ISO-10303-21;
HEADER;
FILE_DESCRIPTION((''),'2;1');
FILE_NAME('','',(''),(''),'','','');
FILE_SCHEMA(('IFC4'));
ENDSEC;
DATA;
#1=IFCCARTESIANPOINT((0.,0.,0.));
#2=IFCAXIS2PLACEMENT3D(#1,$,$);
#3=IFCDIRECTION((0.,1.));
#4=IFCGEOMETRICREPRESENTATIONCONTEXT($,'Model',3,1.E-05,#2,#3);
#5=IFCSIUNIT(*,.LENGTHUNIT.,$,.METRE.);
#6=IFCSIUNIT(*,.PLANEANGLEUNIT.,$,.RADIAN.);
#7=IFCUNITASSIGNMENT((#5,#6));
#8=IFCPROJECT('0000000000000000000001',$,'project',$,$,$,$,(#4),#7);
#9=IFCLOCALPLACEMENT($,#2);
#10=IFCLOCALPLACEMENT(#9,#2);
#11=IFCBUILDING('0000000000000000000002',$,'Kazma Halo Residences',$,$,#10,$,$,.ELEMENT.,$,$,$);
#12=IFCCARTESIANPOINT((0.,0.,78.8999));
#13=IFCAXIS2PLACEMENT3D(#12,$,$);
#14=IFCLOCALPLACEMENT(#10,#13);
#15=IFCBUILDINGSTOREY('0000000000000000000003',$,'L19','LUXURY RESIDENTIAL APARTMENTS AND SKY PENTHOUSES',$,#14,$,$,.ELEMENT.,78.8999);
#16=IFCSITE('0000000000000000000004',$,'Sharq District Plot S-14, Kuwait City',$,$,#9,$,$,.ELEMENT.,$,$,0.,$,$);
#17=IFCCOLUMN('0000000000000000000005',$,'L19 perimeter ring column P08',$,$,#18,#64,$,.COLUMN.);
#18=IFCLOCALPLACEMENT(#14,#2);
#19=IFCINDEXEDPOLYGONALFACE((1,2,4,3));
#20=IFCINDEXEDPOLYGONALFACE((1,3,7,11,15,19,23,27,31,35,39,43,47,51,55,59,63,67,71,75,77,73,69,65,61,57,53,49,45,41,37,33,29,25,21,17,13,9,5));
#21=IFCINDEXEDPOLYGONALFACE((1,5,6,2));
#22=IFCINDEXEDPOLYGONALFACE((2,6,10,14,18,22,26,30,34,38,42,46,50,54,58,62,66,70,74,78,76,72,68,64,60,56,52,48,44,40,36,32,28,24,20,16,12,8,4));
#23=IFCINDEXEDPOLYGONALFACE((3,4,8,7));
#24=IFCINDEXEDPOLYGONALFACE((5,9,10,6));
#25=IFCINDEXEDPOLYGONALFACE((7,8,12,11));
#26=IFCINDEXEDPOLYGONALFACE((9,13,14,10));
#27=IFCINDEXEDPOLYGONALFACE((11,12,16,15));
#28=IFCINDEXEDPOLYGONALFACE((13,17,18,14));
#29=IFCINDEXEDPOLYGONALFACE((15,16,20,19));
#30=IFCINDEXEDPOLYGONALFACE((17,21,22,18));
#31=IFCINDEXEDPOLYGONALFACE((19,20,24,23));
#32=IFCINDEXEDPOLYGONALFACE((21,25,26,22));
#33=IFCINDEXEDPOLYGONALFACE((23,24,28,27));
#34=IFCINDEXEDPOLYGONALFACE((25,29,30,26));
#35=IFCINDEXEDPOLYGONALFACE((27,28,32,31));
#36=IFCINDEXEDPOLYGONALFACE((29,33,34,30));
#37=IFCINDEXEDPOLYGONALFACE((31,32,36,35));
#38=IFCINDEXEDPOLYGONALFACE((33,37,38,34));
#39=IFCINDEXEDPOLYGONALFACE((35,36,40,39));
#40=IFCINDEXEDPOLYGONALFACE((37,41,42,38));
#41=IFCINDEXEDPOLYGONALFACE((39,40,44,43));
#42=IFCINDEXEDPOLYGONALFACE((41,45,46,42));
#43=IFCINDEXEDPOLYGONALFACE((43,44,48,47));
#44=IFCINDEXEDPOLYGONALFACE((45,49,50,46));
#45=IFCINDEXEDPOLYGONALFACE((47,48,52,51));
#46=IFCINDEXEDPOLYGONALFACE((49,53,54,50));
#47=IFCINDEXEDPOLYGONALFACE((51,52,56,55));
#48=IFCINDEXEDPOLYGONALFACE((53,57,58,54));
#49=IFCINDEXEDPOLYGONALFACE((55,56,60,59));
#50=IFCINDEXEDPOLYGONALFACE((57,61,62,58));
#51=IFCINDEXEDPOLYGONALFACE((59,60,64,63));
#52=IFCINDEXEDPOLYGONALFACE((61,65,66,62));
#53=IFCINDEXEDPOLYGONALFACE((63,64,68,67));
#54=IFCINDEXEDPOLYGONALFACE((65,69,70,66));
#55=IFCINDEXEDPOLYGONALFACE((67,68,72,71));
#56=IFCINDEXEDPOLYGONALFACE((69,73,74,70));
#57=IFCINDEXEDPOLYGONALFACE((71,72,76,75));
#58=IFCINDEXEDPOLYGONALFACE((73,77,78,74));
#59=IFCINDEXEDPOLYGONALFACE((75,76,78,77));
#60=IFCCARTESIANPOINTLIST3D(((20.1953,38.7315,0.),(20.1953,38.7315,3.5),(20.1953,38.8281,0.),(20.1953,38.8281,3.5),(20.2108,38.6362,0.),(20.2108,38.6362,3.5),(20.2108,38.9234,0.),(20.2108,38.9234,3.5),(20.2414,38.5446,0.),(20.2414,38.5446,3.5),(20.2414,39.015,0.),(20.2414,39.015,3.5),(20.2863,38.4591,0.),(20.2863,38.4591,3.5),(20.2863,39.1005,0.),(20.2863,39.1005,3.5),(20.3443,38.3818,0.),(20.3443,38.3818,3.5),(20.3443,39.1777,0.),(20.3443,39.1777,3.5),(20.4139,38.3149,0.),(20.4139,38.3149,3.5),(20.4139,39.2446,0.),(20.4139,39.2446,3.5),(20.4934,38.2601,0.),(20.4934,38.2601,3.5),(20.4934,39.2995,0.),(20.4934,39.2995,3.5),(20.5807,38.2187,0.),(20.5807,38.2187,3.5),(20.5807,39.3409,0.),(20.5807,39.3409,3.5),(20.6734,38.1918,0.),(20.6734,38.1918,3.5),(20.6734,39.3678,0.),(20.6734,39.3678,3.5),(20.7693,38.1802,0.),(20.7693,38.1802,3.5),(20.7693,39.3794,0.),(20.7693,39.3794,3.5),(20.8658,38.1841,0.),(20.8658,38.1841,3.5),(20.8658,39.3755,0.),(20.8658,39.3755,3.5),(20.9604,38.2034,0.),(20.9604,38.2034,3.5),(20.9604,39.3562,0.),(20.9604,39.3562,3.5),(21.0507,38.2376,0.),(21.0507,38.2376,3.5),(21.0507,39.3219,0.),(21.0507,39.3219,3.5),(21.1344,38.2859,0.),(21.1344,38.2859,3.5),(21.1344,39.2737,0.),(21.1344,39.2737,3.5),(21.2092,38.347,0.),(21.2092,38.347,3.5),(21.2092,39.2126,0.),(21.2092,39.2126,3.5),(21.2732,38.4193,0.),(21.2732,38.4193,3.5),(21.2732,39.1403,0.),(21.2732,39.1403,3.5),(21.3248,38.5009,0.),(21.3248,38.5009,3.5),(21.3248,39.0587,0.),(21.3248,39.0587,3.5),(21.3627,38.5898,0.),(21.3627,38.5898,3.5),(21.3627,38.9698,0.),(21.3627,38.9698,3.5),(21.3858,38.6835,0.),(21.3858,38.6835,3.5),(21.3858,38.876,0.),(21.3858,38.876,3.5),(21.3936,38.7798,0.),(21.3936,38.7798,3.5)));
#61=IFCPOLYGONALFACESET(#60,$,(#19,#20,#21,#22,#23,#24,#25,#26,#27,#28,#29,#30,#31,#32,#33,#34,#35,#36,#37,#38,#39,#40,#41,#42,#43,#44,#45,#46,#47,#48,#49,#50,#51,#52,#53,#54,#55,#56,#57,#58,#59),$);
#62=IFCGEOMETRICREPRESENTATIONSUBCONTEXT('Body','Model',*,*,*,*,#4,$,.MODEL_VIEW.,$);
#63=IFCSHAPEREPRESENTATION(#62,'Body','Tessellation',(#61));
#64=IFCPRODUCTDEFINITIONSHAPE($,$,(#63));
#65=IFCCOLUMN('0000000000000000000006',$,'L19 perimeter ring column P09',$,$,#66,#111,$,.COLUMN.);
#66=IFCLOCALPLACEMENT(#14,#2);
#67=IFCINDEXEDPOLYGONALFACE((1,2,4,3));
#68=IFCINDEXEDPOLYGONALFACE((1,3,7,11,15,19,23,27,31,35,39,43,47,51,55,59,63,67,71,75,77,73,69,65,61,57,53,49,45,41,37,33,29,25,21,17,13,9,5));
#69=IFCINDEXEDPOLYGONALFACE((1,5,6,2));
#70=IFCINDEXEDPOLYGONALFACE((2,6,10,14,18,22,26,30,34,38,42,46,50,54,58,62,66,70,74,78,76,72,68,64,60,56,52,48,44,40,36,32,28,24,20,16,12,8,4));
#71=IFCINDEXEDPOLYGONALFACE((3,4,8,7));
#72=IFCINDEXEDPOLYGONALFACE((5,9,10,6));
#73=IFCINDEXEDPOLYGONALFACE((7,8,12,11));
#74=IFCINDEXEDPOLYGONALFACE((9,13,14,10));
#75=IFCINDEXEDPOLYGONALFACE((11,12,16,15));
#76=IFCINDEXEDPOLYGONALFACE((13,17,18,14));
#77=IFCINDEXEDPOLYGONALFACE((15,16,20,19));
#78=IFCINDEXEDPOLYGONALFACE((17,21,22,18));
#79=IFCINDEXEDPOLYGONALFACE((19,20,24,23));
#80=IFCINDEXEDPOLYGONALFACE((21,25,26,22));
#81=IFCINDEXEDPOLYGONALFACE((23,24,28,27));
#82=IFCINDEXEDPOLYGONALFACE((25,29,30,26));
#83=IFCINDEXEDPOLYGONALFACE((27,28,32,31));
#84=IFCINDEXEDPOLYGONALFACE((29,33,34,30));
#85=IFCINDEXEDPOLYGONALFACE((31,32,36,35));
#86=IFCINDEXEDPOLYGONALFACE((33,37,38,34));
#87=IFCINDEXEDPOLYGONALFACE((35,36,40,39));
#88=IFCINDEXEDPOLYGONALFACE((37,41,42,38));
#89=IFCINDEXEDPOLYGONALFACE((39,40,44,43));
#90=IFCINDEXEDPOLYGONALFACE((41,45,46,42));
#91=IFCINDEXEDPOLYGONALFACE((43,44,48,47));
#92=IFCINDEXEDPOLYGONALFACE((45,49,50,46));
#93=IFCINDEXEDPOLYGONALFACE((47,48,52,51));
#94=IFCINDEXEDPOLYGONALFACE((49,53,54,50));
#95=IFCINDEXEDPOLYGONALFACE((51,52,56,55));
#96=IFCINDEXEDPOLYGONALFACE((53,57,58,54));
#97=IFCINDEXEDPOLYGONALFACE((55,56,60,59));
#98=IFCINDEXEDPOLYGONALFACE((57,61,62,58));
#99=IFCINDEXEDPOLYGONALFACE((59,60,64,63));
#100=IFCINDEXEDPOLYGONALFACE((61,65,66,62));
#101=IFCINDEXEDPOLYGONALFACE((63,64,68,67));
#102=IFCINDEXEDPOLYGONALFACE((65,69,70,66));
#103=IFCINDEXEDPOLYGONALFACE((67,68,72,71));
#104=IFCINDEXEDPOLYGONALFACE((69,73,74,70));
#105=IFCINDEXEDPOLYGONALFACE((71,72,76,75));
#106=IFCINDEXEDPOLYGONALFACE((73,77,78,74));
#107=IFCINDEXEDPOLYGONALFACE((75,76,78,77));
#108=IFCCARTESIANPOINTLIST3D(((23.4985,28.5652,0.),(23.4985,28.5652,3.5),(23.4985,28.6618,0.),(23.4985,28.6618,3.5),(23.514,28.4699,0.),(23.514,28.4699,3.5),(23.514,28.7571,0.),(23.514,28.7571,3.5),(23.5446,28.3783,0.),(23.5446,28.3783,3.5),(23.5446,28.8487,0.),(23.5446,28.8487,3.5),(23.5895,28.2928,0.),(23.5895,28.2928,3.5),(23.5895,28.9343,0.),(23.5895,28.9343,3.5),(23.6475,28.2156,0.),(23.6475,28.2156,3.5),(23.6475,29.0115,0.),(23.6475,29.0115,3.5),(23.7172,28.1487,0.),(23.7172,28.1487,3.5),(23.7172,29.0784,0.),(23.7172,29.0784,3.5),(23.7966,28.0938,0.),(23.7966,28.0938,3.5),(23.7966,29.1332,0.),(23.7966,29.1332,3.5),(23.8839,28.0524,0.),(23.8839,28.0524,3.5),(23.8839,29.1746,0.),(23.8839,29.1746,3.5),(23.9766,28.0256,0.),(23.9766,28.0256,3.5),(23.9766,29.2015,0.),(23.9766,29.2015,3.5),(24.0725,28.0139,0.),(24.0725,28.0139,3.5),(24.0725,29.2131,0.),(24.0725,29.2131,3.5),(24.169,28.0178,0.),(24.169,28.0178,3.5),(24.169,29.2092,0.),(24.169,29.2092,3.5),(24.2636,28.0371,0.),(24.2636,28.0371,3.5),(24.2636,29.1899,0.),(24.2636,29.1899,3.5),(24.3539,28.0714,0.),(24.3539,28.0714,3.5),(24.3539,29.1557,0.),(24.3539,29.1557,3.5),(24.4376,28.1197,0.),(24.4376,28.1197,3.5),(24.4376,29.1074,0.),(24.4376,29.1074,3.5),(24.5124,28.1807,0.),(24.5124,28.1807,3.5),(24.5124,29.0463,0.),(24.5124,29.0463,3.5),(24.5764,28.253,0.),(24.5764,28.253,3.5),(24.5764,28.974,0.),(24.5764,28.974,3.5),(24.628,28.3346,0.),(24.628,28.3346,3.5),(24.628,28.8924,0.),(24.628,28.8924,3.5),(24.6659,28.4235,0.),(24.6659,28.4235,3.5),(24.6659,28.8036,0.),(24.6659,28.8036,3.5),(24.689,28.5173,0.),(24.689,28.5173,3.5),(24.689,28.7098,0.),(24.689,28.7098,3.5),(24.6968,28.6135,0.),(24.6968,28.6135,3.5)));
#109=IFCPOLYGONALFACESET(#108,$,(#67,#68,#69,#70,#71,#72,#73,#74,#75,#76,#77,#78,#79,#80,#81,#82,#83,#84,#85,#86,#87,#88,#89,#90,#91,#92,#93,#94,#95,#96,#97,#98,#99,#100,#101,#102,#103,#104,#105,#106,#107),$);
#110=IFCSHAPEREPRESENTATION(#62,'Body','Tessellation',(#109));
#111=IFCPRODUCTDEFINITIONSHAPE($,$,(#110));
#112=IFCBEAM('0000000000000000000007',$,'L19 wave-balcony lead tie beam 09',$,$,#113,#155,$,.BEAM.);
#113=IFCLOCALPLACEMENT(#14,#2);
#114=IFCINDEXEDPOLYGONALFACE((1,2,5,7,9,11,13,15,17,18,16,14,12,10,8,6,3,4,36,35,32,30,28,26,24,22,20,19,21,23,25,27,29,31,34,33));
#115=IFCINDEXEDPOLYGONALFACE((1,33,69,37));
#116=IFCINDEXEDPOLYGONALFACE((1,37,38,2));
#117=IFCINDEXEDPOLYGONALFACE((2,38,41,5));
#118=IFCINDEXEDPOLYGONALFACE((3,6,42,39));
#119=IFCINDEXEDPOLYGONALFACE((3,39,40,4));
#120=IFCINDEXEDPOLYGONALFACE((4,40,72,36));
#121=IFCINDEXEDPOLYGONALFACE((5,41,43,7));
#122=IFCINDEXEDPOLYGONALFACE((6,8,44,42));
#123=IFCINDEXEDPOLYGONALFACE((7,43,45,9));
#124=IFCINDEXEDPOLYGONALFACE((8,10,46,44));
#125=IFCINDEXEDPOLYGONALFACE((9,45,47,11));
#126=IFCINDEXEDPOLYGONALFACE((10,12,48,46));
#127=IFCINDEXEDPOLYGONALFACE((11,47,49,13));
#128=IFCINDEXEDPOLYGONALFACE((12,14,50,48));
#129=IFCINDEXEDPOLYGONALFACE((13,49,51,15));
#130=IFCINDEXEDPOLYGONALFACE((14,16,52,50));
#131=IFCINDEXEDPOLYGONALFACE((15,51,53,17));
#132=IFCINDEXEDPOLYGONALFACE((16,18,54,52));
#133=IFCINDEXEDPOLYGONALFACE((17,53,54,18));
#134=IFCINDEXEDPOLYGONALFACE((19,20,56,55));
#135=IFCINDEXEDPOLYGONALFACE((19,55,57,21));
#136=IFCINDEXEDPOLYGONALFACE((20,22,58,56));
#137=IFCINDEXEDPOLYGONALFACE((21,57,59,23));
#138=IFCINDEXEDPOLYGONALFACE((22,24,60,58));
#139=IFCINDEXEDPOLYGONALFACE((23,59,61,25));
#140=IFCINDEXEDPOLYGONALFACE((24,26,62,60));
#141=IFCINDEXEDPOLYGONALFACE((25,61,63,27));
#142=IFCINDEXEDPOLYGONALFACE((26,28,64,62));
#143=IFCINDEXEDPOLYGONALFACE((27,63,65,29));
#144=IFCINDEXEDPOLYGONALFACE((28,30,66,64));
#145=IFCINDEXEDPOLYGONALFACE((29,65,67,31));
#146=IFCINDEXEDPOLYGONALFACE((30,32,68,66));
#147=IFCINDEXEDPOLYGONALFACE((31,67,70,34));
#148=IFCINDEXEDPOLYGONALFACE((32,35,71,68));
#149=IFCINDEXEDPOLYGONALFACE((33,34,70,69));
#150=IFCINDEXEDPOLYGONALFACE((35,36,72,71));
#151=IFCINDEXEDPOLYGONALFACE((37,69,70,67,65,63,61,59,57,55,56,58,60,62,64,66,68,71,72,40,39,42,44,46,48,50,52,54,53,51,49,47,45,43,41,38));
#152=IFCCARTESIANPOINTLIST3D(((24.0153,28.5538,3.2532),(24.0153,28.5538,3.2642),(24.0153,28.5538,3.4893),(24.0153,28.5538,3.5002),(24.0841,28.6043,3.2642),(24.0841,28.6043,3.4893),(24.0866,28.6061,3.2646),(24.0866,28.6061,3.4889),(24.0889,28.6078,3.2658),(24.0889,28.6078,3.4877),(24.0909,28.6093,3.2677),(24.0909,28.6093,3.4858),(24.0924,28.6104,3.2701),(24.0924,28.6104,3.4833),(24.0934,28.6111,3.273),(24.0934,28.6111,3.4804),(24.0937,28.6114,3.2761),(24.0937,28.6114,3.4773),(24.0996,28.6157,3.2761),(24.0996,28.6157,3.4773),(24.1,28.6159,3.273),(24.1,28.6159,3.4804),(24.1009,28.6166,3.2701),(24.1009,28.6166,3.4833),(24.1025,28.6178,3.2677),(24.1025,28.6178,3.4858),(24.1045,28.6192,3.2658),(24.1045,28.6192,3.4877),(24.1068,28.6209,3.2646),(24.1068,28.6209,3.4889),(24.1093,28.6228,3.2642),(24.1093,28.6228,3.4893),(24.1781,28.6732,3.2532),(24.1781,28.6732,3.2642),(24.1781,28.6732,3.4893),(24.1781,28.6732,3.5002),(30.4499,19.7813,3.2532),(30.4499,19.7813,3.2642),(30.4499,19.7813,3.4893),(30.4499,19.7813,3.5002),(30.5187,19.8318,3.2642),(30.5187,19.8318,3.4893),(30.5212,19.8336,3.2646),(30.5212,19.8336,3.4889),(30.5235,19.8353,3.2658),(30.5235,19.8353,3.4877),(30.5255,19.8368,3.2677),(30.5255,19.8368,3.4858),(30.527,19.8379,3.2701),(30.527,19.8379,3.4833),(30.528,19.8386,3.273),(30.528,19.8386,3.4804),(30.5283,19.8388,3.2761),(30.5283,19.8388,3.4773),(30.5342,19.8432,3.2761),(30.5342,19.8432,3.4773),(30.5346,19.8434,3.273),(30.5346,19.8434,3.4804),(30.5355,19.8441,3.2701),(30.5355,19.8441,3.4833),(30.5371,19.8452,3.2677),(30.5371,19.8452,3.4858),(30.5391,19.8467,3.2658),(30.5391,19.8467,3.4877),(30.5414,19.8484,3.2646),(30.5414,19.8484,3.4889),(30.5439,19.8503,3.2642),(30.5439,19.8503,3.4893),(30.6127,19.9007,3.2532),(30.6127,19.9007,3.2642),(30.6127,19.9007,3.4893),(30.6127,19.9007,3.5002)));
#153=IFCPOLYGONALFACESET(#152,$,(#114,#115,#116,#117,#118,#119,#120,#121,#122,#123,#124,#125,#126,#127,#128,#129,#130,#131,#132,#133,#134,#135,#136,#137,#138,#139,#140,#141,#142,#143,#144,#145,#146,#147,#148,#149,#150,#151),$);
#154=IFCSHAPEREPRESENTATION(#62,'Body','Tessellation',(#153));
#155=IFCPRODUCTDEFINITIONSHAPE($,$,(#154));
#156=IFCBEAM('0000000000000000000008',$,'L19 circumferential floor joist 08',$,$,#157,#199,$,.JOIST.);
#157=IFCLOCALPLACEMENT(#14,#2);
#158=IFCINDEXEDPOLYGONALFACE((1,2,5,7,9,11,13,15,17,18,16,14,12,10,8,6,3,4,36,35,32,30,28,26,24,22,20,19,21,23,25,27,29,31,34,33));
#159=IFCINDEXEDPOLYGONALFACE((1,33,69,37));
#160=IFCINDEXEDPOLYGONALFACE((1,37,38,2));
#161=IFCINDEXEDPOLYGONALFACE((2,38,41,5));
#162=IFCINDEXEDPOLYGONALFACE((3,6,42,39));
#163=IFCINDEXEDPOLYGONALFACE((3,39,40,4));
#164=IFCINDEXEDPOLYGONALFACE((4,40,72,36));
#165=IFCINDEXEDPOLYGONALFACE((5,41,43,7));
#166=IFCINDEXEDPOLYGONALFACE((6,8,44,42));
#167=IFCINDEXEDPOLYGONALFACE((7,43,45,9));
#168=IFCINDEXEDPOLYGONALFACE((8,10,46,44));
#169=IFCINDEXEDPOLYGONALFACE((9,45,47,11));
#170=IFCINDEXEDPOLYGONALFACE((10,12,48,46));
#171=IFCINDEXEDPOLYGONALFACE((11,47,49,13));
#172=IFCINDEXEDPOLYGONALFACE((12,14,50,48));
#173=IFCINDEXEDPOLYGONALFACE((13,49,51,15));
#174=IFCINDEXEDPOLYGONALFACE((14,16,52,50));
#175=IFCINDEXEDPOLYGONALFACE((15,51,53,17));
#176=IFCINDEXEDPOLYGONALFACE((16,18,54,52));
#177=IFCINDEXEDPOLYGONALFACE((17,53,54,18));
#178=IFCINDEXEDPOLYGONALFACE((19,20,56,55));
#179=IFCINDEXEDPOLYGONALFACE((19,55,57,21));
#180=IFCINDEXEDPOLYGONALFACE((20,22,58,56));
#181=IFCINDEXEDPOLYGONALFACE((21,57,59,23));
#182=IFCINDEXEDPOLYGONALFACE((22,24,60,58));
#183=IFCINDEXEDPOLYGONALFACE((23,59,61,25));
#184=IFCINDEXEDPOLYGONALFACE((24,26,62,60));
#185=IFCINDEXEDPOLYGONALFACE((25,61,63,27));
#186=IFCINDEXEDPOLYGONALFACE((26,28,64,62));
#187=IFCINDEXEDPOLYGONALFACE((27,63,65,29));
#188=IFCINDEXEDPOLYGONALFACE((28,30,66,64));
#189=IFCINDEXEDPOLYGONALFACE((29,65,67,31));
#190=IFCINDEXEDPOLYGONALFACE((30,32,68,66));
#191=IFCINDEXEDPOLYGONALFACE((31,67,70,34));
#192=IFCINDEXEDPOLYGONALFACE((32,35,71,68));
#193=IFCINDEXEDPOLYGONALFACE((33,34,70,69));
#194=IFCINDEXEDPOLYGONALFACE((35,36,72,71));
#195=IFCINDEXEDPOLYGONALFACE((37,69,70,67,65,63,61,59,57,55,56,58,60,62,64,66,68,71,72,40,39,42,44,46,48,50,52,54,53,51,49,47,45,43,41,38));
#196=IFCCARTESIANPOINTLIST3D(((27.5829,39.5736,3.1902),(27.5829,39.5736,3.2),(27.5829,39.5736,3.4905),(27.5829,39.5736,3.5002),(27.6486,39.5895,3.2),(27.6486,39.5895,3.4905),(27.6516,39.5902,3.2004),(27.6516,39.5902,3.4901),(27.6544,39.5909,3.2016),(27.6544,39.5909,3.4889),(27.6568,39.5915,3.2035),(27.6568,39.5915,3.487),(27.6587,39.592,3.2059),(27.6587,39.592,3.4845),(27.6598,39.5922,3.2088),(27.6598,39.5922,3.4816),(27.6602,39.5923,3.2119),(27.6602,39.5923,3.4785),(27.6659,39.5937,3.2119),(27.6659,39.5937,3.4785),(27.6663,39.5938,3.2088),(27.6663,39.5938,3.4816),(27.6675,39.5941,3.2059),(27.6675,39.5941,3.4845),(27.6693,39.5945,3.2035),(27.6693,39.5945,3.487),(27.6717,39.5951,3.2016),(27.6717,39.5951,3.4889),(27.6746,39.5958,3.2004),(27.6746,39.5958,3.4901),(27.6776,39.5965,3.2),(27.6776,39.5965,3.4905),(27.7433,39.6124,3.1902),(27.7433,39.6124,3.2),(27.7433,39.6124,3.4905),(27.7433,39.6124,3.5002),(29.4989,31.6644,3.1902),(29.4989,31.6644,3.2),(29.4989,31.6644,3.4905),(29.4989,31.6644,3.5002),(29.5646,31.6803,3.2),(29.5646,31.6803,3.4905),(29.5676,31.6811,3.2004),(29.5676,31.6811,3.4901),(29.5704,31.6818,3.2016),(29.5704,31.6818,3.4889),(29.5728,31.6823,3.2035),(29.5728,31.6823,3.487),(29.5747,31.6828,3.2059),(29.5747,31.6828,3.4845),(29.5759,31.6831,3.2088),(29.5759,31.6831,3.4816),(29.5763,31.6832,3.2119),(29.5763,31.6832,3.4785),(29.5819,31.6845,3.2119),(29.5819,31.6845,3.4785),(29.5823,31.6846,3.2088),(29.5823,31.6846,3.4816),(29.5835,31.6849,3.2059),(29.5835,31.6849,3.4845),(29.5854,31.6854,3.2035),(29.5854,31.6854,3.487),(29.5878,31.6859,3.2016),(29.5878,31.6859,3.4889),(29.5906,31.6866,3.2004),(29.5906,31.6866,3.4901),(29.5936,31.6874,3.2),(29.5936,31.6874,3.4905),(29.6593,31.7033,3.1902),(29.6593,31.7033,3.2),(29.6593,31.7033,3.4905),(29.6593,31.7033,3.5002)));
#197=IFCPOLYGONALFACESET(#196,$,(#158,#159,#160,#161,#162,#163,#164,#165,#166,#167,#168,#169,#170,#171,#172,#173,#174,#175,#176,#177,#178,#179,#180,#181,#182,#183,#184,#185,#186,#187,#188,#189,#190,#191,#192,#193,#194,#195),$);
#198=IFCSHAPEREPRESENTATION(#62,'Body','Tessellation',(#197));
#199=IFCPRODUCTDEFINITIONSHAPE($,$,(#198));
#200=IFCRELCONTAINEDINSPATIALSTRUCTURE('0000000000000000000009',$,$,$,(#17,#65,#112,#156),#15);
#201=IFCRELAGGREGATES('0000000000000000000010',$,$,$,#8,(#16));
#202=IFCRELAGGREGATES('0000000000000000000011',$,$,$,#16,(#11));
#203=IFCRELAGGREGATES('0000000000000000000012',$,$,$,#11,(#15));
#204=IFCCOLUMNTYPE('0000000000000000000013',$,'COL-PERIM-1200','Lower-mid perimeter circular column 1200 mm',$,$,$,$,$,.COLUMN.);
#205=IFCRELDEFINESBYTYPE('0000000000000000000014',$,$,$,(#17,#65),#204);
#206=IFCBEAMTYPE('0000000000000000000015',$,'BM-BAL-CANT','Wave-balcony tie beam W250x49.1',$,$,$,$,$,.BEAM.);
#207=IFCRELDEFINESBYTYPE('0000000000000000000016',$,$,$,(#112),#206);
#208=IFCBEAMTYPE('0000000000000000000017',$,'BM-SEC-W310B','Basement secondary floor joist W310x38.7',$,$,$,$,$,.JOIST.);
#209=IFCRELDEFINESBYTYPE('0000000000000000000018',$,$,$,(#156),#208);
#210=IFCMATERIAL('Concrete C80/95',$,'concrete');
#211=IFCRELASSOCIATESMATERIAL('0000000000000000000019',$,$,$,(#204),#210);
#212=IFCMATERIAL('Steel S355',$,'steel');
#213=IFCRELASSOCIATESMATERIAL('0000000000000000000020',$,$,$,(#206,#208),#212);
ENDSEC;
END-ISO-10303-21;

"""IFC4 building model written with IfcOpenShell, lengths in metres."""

from ifc_helpers import new_model, si_unit, direction, frame, origin, origin_2d, place, context, subcontext, project, spatial, circle, i_section, extrude, material, material_profile, profile_set, type_object, element, save


model = new_model("IFC4")

# Units and contexts
model_context = context("Model", 3, precision=1e-05, world=origin(), true_north=direction((0.0, 1.0)))
body_context = subcontext(model_context, "Body", "Model", "MODEL_VIEW")
ifc_project = project(units=[si_unit("LENGTHUNIT", "METRE"), si_unit("PLANEANGLEUNIT", "RADIAN")], contexts=[model_context])

# Site, building, storey
site_placement = place(None, origin())
site = spatial("IfcSite", under=ifc_project, at=site_placement, Name="Sharq District Plot S-14, Kuwait City", CompositionType="ELEMENT", RefElevation=0.0)
building_placement = place(site_placement, origin())
building = spatial("IfcBuilding", under=site, at=building_placement, Name="Kazma Halo Residences", CompositionType="ELEMENT")
storey_placement = place(building_placement, frame((0.0, 0.0, 78.8999)))
storey = spatial("IfcBuildingStorey", under=building, at=storey_placement, Name="L19", Description="LUXURY RESIDENTIAL APARTMENTS AND SKY PENTHOUSES", CompositionType="ELEMENT", Elevation=78.8999)

# Columns
ifc_material_1 = material(Name="Concrete C80/95", Category="concrete")
ifc_material_profile_1 = material_profile(ifc_material_1, circle(Radius=0.6001, at=origin_2d()), Name="CIRC1200")
ifc_profile_set_1 = profile_set([ifc_material_profile_1], Name="Concrete C80/95")
column_type = type_object("IfcColumnType", Name="COL-PERIM-1200", Description="Lower-mid perimeter circular column 1200 mm", PredefinedType="COLUMN", material=ifc_profile_set_1)
for number, where, z_axis, x_axis, name in (
    (1, (20.7935, 38.7798, 0.0), (0.0, 0.0, 1.0), (1.0, 0.0, 0.0), "L19 perimeter ring column P08"),
    (2, (24.0967, 28.6135, 0.0), (0.0, 0.0, 1.0), (1.0, 0.0, 0.0), "L19 perimeter ring column P09"),
):
    element("IfcColumn", number, at=place(storey_placement, frame(where, z_axis=z_axis, x_axis=x_axis)), inside=storey, type_object=column_type, Name=name, PredefinedType="COLUMN", context=body_context, shape_type="SweptSolid", body=[
        extrude(circle(Radius=0.6001, at=origin_2d()), origin(), (0.0, 0.0, 1.0), 3.5),
    ])

# Beams
ifc_material_2 = material(Name="Steel S355", Category="steel")
ifc_material_profile_2 = material_profile(ifc_material_2, i_section(OverallWidth=0.2019, OverallDepth=0.2471, WebThickness=0.0073, FlangeThickness=0.011, FilletRadius=0.012, at=origin_2d()), Name="W250x49.1")
ifc_profile_set_2 = profile_set([ifc_material_profile_2], Name="Steel S355")
beam_type_1 = type_object("IfcBeamType", Name="BM-BAL-CANT", Description="Wave-balcony tie beam W250x49.1", PredefinedType="BEAM", material=ifc_profile_set_2)
beam_1_placement = place(storey_placement, frame((24.0967, 28.6135, 3.3767), z_axis=(0.591449, -0.806342, 0.0), x_axis=(0.806342, 0.591449, 0.0)))
element("IfcBeam", 3, at=beam_1_placement, inside=storey, type_object=beam_type_1, Name="L19 wave-balcony lead tie beam 09", PredefinedType="BEAM", context=body_context, shape_type="SweptSolid", body=[
    extrude(i_section(OverallWidth=0.2019, OverallDepth=0.2471, WebThickness=0.0073, FlangeThickness=0.011, FilletRadius=0.012, at=origin_2d()), origin(), (0.0, 0.0, 1.0), 10.8794),
])
ifc_material_profile_3 = material_profile(ifc_material_2, i_section(OverallWidth=0.165, OverallDepth=0.3101, WebThickness=0.0059, FlangeThickness=0.0098, FilletRadius=0.012, at=origin_2d()), Name="W310x38.7")
ifc_profile_set_3 = profile_set([ifc_material_profile_3], Name="Steel S355")
beam_type_2 = type_object("IfcBeamType", Name="BM-SEC-W310B", Description="Basement secondary floor joist W310x38.7", PredefinedType="JOIST", material=ifc_profile_set_3)
beam_2_placement = place(storey_placement, frame((27.6631, 39.593, 3.3452), z_axis=(0.235442, -0.971888, 0.0), x_axis=(0.971888, 0.235442, 0.0)))
element("IfcBeam", 4, at=beam_2_placement, inside=storey, type_object=beam_type_2, Name="L19 circumferential floor joist 08", PredefinedType="JOIST", context=body_context, shape_type="SweptSolid", body=[
    extrude(i_section(OverallWidth=0.165, OverallDepth=0.3101, WebThickness=0.0059, FlangeThickness=0.0098, FilletRadius=0.012, at=origin_2d()), origin(), (0.0, 0.0, 1.0), 8.1379),
])

save(model, "model.ifc")
